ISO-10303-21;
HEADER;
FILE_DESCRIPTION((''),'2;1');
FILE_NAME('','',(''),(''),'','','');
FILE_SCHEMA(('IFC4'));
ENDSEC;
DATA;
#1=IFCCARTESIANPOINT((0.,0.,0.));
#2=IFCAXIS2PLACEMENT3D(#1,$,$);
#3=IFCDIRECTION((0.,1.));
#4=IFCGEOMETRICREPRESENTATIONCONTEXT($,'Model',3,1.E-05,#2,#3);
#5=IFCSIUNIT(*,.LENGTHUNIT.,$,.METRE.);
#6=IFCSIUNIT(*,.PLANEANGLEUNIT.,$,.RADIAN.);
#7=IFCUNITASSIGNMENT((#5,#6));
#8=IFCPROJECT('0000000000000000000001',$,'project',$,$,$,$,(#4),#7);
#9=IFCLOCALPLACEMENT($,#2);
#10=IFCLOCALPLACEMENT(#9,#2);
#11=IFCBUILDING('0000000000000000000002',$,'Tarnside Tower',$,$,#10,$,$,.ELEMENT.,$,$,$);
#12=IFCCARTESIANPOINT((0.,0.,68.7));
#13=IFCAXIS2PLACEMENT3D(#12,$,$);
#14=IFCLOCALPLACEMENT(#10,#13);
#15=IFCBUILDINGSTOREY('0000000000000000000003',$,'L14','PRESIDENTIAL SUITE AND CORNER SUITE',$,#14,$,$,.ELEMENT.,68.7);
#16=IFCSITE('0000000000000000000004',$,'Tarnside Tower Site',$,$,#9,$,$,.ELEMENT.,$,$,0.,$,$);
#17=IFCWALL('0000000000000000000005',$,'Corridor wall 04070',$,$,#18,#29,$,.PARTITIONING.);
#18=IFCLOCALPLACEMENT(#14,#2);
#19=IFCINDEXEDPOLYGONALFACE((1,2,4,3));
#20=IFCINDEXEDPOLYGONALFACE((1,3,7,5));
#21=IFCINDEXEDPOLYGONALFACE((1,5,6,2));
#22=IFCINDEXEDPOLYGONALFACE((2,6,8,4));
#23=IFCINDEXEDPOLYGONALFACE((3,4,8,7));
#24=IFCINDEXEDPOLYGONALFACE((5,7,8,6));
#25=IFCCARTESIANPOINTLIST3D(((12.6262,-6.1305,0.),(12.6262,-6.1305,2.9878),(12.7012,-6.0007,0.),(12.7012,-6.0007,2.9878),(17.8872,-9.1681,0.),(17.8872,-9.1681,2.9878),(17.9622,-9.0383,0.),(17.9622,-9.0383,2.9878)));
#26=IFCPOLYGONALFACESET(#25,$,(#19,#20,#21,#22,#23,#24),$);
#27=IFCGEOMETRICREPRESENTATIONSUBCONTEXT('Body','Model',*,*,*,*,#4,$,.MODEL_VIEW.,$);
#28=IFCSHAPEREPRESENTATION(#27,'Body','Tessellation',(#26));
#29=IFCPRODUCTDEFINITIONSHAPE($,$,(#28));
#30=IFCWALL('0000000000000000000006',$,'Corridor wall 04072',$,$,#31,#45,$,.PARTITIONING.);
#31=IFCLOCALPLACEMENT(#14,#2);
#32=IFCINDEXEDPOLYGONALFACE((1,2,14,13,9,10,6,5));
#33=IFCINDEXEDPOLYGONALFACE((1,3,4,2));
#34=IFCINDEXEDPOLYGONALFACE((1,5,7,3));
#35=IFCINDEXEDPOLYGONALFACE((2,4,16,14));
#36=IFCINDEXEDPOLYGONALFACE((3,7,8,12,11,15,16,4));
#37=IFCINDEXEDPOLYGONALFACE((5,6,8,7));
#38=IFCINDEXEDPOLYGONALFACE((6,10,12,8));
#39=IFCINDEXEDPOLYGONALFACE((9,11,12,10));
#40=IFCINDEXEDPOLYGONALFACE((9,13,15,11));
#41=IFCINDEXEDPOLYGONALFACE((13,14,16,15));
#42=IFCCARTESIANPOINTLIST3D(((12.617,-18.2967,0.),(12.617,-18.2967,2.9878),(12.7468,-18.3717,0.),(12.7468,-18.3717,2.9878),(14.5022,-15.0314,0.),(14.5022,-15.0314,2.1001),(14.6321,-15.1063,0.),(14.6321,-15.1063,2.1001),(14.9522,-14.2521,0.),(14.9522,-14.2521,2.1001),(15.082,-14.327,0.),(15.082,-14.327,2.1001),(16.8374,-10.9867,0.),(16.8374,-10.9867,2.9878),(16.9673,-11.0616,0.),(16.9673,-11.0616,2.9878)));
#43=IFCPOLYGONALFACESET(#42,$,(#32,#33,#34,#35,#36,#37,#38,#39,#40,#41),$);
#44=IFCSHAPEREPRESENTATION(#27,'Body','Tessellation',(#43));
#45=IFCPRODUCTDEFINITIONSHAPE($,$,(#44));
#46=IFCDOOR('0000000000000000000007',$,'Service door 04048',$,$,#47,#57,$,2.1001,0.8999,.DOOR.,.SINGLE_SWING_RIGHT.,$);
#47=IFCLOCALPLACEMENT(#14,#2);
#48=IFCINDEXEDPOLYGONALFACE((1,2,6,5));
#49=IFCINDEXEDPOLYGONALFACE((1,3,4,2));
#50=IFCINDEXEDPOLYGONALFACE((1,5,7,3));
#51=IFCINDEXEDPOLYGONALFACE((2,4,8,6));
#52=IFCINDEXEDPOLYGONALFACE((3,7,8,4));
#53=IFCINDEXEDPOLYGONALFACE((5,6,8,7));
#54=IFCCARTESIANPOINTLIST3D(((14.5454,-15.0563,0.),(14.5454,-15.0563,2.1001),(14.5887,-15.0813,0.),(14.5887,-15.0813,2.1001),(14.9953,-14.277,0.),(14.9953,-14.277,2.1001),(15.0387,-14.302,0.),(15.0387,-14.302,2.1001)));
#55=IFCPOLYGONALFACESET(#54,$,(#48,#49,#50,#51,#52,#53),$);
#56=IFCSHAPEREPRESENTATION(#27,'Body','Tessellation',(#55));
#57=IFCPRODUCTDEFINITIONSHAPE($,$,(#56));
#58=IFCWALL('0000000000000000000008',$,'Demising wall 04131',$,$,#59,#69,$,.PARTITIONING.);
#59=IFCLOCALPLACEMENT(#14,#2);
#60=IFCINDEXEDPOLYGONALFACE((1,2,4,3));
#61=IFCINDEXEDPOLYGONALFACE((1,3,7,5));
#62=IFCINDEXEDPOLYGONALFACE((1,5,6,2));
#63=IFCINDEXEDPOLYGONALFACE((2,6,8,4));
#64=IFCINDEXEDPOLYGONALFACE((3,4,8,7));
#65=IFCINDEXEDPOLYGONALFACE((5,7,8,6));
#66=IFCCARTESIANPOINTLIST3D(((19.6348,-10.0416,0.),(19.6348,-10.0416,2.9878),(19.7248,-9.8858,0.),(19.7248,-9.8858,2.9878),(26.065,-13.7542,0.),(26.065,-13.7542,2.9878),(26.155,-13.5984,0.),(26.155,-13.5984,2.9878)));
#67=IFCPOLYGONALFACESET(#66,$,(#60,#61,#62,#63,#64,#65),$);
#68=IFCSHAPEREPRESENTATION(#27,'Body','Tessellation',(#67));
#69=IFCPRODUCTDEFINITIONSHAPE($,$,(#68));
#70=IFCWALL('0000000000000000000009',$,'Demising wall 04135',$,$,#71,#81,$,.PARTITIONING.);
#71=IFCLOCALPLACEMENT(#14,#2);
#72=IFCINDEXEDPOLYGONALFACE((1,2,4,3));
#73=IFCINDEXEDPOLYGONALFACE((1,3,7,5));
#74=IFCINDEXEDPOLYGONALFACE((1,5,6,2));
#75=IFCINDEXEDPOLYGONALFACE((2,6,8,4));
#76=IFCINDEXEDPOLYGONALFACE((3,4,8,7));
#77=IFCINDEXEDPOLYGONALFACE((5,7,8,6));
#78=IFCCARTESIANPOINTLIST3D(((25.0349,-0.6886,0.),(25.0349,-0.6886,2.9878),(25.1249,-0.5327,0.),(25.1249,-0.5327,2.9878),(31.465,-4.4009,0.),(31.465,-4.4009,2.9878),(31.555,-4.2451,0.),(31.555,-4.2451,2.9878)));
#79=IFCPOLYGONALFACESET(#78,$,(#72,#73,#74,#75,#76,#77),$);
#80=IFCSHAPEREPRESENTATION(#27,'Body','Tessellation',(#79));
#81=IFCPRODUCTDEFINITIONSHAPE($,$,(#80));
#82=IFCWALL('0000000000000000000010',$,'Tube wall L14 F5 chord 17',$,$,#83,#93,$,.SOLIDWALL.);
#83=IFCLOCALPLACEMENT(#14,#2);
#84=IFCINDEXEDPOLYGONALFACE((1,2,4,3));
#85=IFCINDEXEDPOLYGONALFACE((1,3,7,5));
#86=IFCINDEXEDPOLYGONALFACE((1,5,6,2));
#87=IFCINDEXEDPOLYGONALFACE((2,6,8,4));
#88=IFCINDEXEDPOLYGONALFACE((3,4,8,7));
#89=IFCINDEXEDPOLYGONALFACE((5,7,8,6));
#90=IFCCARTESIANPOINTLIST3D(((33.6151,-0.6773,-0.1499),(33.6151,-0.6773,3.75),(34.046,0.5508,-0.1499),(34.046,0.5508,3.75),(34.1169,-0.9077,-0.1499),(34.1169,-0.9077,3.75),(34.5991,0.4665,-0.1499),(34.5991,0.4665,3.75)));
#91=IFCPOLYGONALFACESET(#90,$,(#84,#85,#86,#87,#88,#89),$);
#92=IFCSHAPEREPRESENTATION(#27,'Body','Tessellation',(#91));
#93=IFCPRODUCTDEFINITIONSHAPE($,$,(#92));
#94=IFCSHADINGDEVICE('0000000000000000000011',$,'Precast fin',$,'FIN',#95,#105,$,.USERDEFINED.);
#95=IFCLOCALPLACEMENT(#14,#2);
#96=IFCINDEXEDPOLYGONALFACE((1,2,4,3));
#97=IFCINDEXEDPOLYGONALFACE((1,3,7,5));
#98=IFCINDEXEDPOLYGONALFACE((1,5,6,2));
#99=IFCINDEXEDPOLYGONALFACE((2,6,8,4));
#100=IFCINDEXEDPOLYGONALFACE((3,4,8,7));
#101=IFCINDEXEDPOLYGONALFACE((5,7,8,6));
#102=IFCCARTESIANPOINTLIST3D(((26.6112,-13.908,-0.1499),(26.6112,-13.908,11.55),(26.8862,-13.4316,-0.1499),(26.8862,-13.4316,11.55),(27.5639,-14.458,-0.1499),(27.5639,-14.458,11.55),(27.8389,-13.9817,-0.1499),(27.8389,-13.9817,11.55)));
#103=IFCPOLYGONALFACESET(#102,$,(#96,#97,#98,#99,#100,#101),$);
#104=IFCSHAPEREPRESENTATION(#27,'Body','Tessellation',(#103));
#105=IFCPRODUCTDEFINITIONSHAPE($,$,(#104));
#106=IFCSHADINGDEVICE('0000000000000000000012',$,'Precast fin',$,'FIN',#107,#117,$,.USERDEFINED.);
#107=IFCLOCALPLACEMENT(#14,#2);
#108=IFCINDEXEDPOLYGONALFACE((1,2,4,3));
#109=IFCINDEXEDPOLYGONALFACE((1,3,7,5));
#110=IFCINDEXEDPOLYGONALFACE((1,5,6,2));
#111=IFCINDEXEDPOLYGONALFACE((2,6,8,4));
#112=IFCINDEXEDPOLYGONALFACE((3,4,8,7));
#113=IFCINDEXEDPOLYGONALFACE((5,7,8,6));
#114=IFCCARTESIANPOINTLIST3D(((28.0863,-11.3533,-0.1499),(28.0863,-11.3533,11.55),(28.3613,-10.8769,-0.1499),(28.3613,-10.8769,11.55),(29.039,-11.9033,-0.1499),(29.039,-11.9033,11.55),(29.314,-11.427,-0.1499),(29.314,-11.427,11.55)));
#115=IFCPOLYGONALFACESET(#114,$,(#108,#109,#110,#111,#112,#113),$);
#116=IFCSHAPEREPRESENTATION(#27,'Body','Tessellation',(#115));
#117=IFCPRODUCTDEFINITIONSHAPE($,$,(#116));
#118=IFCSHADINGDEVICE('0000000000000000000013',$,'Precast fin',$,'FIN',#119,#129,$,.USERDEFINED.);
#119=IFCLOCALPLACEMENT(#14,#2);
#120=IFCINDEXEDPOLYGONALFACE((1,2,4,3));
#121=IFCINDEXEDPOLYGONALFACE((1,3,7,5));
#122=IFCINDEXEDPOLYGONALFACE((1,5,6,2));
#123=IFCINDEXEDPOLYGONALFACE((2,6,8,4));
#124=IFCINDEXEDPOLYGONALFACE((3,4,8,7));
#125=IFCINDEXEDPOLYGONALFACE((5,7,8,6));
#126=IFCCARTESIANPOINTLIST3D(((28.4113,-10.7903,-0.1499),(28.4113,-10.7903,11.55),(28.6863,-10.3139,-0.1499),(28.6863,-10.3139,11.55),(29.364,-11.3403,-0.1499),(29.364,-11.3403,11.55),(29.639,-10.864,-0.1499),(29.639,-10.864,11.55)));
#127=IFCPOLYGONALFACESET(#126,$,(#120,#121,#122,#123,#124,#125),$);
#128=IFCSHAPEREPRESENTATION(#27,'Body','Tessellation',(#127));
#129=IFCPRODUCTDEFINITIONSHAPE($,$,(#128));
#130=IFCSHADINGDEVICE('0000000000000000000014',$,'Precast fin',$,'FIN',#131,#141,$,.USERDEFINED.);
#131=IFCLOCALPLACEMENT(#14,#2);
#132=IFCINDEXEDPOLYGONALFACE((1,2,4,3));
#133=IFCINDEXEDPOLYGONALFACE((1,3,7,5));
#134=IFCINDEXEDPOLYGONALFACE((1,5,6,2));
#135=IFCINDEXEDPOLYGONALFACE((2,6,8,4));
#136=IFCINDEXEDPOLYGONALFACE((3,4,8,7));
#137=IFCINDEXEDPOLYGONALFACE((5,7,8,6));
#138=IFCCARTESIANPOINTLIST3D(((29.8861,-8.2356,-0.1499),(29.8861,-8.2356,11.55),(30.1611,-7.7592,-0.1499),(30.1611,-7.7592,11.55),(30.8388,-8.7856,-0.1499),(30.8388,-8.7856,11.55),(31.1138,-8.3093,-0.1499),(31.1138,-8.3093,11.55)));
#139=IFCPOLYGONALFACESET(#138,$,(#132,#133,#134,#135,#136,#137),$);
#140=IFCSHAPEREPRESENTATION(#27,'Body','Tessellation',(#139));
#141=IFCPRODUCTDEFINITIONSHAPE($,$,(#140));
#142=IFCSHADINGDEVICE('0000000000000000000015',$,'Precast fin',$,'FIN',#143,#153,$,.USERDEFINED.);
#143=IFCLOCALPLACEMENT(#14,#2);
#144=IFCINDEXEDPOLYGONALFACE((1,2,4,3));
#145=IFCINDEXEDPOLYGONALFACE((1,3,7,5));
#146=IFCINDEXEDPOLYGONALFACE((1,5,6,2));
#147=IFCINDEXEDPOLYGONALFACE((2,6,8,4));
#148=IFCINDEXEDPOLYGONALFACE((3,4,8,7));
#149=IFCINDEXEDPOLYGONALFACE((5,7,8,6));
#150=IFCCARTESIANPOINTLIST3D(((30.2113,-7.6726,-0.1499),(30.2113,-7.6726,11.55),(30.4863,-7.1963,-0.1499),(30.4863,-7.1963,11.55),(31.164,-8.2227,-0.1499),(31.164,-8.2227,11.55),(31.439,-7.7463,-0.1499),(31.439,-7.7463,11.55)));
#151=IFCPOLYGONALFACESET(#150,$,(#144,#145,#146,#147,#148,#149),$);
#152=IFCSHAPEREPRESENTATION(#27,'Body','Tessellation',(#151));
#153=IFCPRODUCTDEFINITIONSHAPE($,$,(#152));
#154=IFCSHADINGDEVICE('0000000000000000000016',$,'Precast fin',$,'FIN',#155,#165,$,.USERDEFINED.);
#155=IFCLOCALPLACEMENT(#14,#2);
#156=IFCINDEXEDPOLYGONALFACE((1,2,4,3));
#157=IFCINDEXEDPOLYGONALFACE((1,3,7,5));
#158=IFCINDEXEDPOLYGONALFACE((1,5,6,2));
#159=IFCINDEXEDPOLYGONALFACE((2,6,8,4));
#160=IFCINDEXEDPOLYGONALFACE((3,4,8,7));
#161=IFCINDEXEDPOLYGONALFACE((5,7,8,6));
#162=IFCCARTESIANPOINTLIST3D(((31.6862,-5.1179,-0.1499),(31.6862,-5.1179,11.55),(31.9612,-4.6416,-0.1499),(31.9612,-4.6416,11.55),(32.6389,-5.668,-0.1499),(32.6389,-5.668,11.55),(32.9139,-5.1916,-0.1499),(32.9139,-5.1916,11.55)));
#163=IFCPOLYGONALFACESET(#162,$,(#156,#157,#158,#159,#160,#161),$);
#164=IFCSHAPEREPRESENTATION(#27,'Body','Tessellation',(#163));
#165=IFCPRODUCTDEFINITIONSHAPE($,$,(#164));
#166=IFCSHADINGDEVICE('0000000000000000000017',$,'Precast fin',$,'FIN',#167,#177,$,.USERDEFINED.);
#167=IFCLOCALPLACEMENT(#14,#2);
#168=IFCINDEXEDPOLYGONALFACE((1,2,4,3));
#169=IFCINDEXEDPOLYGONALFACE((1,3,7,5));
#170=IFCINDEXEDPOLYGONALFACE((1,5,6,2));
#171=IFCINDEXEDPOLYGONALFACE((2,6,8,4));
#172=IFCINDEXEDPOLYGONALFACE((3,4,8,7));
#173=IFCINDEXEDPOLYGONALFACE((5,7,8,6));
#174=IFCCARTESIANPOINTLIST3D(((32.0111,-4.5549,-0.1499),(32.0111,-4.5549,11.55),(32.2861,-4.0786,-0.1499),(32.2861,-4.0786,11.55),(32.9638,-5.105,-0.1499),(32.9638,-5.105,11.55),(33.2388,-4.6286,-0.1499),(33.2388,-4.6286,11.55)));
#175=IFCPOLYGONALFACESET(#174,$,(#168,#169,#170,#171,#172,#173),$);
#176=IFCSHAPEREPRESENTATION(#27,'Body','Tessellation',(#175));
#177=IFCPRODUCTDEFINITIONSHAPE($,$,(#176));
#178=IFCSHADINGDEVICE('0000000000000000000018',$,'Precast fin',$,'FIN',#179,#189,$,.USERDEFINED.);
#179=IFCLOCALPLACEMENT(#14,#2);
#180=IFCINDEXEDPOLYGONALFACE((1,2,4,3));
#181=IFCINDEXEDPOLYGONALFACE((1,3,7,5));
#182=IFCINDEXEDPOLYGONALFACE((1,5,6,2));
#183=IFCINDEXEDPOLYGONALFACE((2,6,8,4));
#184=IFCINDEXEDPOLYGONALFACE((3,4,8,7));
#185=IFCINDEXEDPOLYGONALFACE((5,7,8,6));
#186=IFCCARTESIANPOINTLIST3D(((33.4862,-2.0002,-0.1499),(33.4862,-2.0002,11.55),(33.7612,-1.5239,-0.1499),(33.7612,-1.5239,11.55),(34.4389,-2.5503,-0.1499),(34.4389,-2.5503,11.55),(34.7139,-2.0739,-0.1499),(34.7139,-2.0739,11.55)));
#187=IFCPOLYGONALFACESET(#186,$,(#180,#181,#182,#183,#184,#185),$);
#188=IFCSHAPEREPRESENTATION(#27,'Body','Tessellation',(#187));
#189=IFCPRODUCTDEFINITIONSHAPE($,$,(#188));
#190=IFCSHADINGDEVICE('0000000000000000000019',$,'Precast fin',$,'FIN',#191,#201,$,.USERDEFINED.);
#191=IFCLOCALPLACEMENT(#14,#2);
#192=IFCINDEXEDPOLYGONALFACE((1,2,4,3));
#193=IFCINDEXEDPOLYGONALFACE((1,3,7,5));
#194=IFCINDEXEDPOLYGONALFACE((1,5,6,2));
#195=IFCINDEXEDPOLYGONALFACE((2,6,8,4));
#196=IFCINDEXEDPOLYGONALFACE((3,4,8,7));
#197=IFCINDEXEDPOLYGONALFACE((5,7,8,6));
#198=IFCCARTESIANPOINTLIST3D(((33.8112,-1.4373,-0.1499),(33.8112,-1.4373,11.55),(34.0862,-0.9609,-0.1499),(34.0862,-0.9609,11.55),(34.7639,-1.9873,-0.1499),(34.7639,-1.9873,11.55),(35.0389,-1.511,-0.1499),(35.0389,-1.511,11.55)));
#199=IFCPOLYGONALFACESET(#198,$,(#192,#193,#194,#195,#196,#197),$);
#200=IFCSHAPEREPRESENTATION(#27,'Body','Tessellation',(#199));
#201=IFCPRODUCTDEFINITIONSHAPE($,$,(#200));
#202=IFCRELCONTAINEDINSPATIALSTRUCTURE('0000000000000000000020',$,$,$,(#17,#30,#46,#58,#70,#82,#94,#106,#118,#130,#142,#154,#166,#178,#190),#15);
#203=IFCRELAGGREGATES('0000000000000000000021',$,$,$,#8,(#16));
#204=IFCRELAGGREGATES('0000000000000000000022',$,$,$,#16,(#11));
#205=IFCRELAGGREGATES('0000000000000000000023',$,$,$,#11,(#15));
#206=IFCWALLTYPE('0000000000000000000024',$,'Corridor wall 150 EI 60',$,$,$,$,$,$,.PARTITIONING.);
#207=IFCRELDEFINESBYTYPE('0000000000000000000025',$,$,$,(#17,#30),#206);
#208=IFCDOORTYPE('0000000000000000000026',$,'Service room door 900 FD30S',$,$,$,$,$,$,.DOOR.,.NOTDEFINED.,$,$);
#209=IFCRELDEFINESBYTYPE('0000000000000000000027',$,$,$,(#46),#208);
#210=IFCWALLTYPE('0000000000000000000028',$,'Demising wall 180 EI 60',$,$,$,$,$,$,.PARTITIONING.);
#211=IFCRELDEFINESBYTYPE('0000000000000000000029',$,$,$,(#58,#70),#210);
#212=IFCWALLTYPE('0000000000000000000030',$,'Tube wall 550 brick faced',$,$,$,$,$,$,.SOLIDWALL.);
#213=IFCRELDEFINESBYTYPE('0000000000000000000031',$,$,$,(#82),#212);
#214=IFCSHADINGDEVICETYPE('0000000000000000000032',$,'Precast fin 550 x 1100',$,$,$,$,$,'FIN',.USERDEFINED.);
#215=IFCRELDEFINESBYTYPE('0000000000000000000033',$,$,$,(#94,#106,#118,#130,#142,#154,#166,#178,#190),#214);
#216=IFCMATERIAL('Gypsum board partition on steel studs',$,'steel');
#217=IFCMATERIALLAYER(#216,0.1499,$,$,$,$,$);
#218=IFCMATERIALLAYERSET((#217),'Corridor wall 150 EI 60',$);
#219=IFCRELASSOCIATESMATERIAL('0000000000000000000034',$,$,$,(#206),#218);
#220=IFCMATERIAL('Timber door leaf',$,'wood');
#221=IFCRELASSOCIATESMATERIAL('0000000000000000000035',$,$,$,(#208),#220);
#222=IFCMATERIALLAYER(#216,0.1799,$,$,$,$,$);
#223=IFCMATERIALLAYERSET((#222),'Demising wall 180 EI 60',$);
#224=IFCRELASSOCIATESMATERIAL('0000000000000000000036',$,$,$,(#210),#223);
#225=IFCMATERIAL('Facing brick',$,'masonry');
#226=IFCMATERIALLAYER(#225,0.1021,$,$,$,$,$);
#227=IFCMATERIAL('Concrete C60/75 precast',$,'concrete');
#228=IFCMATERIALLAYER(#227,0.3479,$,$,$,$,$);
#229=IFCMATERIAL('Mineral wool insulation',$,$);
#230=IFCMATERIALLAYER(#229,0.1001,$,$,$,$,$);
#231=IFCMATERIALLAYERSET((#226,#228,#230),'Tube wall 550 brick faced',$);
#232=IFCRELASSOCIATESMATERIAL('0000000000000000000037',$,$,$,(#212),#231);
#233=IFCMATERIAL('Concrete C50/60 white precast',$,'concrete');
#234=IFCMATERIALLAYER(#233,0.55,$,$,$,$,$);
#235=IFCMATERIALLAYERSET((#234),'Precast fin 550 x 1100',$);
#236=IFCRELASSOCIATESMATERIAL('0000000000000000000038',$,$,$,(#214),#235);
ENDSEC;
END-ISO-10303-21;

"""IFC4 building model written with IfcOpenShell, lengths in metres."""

from ifc_helpers import new_model, si_unit, direction, frame, frame_2d, origin, place, context, subcontext, project, spatial, polyline, rectangle, outline, extrude, material, layer, layer_set, type_object, element, fill, save


model = new_model("IFC4")

# Units and contexts
model_context = context("Model", 3, precision=1e-05, world=origin(), true_north=direction((0.0, 1.0)))
body_context = subcontext(model_context, "Body", "Model", "MODEL_VIEW")
ifc_project = project(units=[si_unit("LENGTHUNIT", "METRE"), si_unit("PLANEANGLEUNIT", "RADIAN")], contexts=[model_context])

# Site, building, storey
site_placement = place(None, origin())
site = spatial("IfcSite", under=ifc_project, at=site_placement, Name="Tarnside Tower Site", CompositionType="ELEMENT", RefElevation=0.0)
building_placement = place(site_placement, origin())
building = spatial("IfcBuilding", under=site, at=building_placement, Name="Tarnside Tower", CompositionType="ELEMENT")
storey_placement = place(building_placement, frame((0.0, 0.0, 68.7)))
storey = spatial("IfcBuildingStorey", under=building, at=storey_placement, Name="L14", Description="PRESIDENTIAL SUITE AND CORNER SUITE", CompositionType="ELEMENT", Elevation=68.7)

# Shared definitions
ifc_material_1 = material(Name="Gypsum board partition on steel studs", Category="steel")

# Shared definitions
ifc_material_2 = material(Name="Timber door leaf", Category="wood")

# Wall
ifc_layer_1 = layer(ifc_material_1, 0.1499)
ifc_layer_set_1 = layer_set([ifc_layer_1], Name="Corridor wall 150 EI 60")
wall_type_1 = type_object("IfcWallType", Name="Corridor wall 150 EI 60", PredefinedType="PARTITIONING", material=ifc_layer_set_1)
wall_1_placement = place(storey_placement, frame((17.9248, -9.1033, 0.0), z_axis=(0.0, 0.0, 1.0), x_axis=(-0.866014, 0.50002, 0.0)))
element("IfcWall", 1, at=wall_1_placement, inside=storey, type_object=wall_type_1, Name="Corridor wall 04070", PredefinedType="PARTITIONING", context=body_context, shape_type="SweptSolid", body=[
    extrude(rectangle(XDim=6.075, YDim=0.1499, at=frame_2d((3.0376, 0.0))), origin(), (0.0, 0.0, 1.0), 2.9878),
])

# Wall, opening, door
wall_2_placement = place(storey_placement, frame((16.9023, -11.0242, 0.0), z_axis=(0.0, 0.0, 1.0), x_axis=(-0.5, -0.866026, 0.0)))
wall_2 = element("IfcWall", 2, at=wall_2_placement, inside=storey, type_object=wall_type_1, Name="Corridor wall 04072", PredefinedType="PARTITIONING", context=body_context, shape_type="SweptSolid", body=[
    extrude(rectangle(XDim=8.4409, YDim=0.1499, at=frame_2d((4.2205, 0.0))), origin(), (0.0, 0.0, 1.0), 2.9878),
])
opening_1_placement = place(wall_2_placement, frame((3.7705, 0.0, 0.0)))
opening_1 = element("IfcOpeningElement", 3, at=opening_1_placement, cuts=wall_2, PredefinedType="OPENING", context=body_context, shape_type="SweptSolid", body=[
    extrude(rectangle(XDim=0.8999, YDim=2.1001, at=frame_2d((0.45, 1.05))), frame((0.0, 0.085, 0.0), z_axis=(0.0, -1.0, 0.0), x_axis=(1.0, 0.0, 0.0)), (0.0, 0.0, 1.0), 0.1699),
])
door_type_1 = type_object("IfcDoorType", Name="Service room door 900 FD30S", OperationType="NOTDEFINED", PredefinedType="DOOR", material=ifc_material_2)
door_1_placement = place(opening_1_placement, origin())
door_1 = element("IfcDoor", 4, at=door_1_placement, inside=storey, type_object=door_type_1, Name="Service door 04048", OperationType="SINGLE_SWING_RIGHT", OverallHeight=2.1001, OverallWidth=0.8999, PredefinedType="DOOR", context=body_context, shape_type="SweptSolid", body=[
    extrude(rectangle(XDim=0.8999, YDim=2.1001, at=frame_2d((0.45, 1.05))), frame((0.0, 0.0249, 0.0), z_axis=(0.0, -1.0, 0.0), x_axis=(1.0, 0.0, 0.0)), (0.0, 0.0, 1.0), 0.05),
])
fill(opening_1, door_1)

# Walls
ifc_layer_2 = layer(ifc_material_1, 0.1799)
ifc_layer_set_2 = layer_set([ifc_layer_2], Name="Demising wall 180 EI 60")
wall_type_2 = type_object("IfcWallType", Name="Demising wall 180 EI 60", PredefinedType="PARTITIONING", material=ifc_layer_set_2)
wall_3_placement = place(storey_placement, frame((26.1099, -13.6763, 0.0), z_axis=(0.0, 0.0, 1.0), x_axis=(-0.866015, 0.500018, 0.0)))
element("IfcWall", 5, at=wall_3_placement, inside=storey, type_object=wall_type_2, Name="Demising wall 04131", PredefinedType="PARTITIONING", context=body_context, shape_type="SweptSolid", body=[
    extrude(rectangle(XDim=7.425, YDim=0.1799, at=frame_2d((3.7124, 0.0))), origin(), (0.0, 0.0, 1.0), 2.9878),
])
wall_4_placement = place(storey_placement, frame((31.51, -4.323, 0.0), z_axis=(0.0, 0.0, 1.0), x_axis=(-0.866029, 0.499994, 0.0)))
element("IfcWall", 6, at=wall_4_placement, inside=storey, type_object=wall_type_2, Name="Demising wall 04135", PredefinedType="PARTITIONING", context=body_context, shape_type="SweptSolid", body=[
    extrude(rectangle(XDim=7.4248, YDim=0.1799, at=frame_2d((3.7124, 0.0))), origin(), (0.0, 0.0, 1.0), 2.9878),
])
ifc_material_3 = material(Name="Facing brick", Category="masonry")
ifc_layer_3 = layer(ifc_material_3, 0.1021)
ifc_material_4 = material(Name="Concrete C60/75 precast", Category="concrete")
ifc_layer_4 = layer(ifc_material_4, 0.3479)
ifc_material_5 = material(Name="Mineral wool insulation")
ifc_layer_5 = layer(ifc_material_5, 0.1001)
ifc_layer_set_3 = layer_set([ifc_layer_3, ifc_layer_4, ifc_layer_5], Name="Tube wall 550 brick faced")
wall_type_3 = type_object("IfcWallType", Name="Tube wall 550 brick faced", PredefinedType="SOLIDWALL", material=ifc_layer_set_3)
wall_5_placement = place(storey_placement, frame((33.866, -0.7925, -0.1499), z_axis=(0.0, 0.0, 1.0), x_axis=(0.331115, 0.94359, 0.0)))
element("IfcWall", 7, at=wall_5_placement, inside=storey, type_object=wall_type_3, Name="Tube wall L14 F5 chord 17", PredefinedType="SOLIDWALL", context=body_context, shape_type="SweptSolid", body=[
    extrude(outline(polyline([(-0.0256, -0.2749), (1.4307, -0.2749), (1.3271, 0.2749), (0.0256, 0.2749), (-0.0256, -0.2749)])), origin(), (0.0, 0.0, 1.0), 3.8999),
])

# Shading devices
ifc_material_6 = material(Name="Concrete C50/60 white precast", Category="concrete")
ifc_layer_6 = layer(ifc_material_6, 0.55)
ifc_layer_set_4 = layer_set([ifc_layer_6], Name="Precast fin 550 x 1100")
shading_device_type_1 = type_object("IfcShadingDeviceType", Name="Precast fin 550 x 1100", ElementType="FIN", PredefinedType="USERDEFINED", material=ifc_layer_set_4)
for number, where, z_axis, x_axis, name in (
    (8, (26.7488, -13.6697, -0.1499), (-0.5, -0.866025, 0.0), (0.866025, -0.5, 0.0), "Precast fin"),
    (9, (28.2239, -11.115, -0.1499), (-0.5, -0.866025, 0.0), (0.866025, -0.5, 0.0), "Precast fin"),
    (10, (28.5488, -10.552, -0.1499), (-0.5, -0.866025, 0.0), (0.866025, -0.5, 0.0), "Precast fin"),
    (11, (30.0237, -7.9973, -0.1499), (-0.5, -0.866025, 0.0), (0.866025, -0.5, 0.0), "Precast fin"),
    (12, (30.3489, -7.4343, -0.1499), (-0.5, -0.866025, 0.0), (0.866025, -0.5, 0.0), "Precast fin"),
    (13, (31.8237, -4.8796, -0.1499), (-0.5, -0.866025, 0.0), (0.866025, -0.5, 0.0), "Precast fin"),
    (14, (32.1487, -4.3167, -0.1499), (-0.5, -0.866025, 0.0), (0.866025, -0.5, 0.0), "Precast fin"),
    (15, (33.6238, -1.762, -0.1499), (-0.5, -0.866025, 0.0), (0.866025, -0.5, 0.0), "Precast fin"),
    (16, (33.9487, -1.199, -0.1499), (-0.5, -0.866025, 0.0), (0.866025, -0.5, 0.0), "Precast fin"),
):
    element("IfcShadingDevice", number, at=place(storey_placement, frame(where, z_axis=z_axis, x_axis=x_axis)), inside=storey, type_object=shading_device_type_1, Name=name, ObjectType="FIN", PredefinedType="USERDEFINED", context=body_context, shape_type="SweptSolid", body=[
        extrude(outline(polyline([(0.0, 0.0), (1.1001, 0.0), (1.1001, 11.7), (0.0, 11.7), (0.0, 0.0)])), frame((0.0, 0.0, -0.2749)), (0.0, 0.0, 1.0), 0.55),
    ])

save(model, "model.ifc")
